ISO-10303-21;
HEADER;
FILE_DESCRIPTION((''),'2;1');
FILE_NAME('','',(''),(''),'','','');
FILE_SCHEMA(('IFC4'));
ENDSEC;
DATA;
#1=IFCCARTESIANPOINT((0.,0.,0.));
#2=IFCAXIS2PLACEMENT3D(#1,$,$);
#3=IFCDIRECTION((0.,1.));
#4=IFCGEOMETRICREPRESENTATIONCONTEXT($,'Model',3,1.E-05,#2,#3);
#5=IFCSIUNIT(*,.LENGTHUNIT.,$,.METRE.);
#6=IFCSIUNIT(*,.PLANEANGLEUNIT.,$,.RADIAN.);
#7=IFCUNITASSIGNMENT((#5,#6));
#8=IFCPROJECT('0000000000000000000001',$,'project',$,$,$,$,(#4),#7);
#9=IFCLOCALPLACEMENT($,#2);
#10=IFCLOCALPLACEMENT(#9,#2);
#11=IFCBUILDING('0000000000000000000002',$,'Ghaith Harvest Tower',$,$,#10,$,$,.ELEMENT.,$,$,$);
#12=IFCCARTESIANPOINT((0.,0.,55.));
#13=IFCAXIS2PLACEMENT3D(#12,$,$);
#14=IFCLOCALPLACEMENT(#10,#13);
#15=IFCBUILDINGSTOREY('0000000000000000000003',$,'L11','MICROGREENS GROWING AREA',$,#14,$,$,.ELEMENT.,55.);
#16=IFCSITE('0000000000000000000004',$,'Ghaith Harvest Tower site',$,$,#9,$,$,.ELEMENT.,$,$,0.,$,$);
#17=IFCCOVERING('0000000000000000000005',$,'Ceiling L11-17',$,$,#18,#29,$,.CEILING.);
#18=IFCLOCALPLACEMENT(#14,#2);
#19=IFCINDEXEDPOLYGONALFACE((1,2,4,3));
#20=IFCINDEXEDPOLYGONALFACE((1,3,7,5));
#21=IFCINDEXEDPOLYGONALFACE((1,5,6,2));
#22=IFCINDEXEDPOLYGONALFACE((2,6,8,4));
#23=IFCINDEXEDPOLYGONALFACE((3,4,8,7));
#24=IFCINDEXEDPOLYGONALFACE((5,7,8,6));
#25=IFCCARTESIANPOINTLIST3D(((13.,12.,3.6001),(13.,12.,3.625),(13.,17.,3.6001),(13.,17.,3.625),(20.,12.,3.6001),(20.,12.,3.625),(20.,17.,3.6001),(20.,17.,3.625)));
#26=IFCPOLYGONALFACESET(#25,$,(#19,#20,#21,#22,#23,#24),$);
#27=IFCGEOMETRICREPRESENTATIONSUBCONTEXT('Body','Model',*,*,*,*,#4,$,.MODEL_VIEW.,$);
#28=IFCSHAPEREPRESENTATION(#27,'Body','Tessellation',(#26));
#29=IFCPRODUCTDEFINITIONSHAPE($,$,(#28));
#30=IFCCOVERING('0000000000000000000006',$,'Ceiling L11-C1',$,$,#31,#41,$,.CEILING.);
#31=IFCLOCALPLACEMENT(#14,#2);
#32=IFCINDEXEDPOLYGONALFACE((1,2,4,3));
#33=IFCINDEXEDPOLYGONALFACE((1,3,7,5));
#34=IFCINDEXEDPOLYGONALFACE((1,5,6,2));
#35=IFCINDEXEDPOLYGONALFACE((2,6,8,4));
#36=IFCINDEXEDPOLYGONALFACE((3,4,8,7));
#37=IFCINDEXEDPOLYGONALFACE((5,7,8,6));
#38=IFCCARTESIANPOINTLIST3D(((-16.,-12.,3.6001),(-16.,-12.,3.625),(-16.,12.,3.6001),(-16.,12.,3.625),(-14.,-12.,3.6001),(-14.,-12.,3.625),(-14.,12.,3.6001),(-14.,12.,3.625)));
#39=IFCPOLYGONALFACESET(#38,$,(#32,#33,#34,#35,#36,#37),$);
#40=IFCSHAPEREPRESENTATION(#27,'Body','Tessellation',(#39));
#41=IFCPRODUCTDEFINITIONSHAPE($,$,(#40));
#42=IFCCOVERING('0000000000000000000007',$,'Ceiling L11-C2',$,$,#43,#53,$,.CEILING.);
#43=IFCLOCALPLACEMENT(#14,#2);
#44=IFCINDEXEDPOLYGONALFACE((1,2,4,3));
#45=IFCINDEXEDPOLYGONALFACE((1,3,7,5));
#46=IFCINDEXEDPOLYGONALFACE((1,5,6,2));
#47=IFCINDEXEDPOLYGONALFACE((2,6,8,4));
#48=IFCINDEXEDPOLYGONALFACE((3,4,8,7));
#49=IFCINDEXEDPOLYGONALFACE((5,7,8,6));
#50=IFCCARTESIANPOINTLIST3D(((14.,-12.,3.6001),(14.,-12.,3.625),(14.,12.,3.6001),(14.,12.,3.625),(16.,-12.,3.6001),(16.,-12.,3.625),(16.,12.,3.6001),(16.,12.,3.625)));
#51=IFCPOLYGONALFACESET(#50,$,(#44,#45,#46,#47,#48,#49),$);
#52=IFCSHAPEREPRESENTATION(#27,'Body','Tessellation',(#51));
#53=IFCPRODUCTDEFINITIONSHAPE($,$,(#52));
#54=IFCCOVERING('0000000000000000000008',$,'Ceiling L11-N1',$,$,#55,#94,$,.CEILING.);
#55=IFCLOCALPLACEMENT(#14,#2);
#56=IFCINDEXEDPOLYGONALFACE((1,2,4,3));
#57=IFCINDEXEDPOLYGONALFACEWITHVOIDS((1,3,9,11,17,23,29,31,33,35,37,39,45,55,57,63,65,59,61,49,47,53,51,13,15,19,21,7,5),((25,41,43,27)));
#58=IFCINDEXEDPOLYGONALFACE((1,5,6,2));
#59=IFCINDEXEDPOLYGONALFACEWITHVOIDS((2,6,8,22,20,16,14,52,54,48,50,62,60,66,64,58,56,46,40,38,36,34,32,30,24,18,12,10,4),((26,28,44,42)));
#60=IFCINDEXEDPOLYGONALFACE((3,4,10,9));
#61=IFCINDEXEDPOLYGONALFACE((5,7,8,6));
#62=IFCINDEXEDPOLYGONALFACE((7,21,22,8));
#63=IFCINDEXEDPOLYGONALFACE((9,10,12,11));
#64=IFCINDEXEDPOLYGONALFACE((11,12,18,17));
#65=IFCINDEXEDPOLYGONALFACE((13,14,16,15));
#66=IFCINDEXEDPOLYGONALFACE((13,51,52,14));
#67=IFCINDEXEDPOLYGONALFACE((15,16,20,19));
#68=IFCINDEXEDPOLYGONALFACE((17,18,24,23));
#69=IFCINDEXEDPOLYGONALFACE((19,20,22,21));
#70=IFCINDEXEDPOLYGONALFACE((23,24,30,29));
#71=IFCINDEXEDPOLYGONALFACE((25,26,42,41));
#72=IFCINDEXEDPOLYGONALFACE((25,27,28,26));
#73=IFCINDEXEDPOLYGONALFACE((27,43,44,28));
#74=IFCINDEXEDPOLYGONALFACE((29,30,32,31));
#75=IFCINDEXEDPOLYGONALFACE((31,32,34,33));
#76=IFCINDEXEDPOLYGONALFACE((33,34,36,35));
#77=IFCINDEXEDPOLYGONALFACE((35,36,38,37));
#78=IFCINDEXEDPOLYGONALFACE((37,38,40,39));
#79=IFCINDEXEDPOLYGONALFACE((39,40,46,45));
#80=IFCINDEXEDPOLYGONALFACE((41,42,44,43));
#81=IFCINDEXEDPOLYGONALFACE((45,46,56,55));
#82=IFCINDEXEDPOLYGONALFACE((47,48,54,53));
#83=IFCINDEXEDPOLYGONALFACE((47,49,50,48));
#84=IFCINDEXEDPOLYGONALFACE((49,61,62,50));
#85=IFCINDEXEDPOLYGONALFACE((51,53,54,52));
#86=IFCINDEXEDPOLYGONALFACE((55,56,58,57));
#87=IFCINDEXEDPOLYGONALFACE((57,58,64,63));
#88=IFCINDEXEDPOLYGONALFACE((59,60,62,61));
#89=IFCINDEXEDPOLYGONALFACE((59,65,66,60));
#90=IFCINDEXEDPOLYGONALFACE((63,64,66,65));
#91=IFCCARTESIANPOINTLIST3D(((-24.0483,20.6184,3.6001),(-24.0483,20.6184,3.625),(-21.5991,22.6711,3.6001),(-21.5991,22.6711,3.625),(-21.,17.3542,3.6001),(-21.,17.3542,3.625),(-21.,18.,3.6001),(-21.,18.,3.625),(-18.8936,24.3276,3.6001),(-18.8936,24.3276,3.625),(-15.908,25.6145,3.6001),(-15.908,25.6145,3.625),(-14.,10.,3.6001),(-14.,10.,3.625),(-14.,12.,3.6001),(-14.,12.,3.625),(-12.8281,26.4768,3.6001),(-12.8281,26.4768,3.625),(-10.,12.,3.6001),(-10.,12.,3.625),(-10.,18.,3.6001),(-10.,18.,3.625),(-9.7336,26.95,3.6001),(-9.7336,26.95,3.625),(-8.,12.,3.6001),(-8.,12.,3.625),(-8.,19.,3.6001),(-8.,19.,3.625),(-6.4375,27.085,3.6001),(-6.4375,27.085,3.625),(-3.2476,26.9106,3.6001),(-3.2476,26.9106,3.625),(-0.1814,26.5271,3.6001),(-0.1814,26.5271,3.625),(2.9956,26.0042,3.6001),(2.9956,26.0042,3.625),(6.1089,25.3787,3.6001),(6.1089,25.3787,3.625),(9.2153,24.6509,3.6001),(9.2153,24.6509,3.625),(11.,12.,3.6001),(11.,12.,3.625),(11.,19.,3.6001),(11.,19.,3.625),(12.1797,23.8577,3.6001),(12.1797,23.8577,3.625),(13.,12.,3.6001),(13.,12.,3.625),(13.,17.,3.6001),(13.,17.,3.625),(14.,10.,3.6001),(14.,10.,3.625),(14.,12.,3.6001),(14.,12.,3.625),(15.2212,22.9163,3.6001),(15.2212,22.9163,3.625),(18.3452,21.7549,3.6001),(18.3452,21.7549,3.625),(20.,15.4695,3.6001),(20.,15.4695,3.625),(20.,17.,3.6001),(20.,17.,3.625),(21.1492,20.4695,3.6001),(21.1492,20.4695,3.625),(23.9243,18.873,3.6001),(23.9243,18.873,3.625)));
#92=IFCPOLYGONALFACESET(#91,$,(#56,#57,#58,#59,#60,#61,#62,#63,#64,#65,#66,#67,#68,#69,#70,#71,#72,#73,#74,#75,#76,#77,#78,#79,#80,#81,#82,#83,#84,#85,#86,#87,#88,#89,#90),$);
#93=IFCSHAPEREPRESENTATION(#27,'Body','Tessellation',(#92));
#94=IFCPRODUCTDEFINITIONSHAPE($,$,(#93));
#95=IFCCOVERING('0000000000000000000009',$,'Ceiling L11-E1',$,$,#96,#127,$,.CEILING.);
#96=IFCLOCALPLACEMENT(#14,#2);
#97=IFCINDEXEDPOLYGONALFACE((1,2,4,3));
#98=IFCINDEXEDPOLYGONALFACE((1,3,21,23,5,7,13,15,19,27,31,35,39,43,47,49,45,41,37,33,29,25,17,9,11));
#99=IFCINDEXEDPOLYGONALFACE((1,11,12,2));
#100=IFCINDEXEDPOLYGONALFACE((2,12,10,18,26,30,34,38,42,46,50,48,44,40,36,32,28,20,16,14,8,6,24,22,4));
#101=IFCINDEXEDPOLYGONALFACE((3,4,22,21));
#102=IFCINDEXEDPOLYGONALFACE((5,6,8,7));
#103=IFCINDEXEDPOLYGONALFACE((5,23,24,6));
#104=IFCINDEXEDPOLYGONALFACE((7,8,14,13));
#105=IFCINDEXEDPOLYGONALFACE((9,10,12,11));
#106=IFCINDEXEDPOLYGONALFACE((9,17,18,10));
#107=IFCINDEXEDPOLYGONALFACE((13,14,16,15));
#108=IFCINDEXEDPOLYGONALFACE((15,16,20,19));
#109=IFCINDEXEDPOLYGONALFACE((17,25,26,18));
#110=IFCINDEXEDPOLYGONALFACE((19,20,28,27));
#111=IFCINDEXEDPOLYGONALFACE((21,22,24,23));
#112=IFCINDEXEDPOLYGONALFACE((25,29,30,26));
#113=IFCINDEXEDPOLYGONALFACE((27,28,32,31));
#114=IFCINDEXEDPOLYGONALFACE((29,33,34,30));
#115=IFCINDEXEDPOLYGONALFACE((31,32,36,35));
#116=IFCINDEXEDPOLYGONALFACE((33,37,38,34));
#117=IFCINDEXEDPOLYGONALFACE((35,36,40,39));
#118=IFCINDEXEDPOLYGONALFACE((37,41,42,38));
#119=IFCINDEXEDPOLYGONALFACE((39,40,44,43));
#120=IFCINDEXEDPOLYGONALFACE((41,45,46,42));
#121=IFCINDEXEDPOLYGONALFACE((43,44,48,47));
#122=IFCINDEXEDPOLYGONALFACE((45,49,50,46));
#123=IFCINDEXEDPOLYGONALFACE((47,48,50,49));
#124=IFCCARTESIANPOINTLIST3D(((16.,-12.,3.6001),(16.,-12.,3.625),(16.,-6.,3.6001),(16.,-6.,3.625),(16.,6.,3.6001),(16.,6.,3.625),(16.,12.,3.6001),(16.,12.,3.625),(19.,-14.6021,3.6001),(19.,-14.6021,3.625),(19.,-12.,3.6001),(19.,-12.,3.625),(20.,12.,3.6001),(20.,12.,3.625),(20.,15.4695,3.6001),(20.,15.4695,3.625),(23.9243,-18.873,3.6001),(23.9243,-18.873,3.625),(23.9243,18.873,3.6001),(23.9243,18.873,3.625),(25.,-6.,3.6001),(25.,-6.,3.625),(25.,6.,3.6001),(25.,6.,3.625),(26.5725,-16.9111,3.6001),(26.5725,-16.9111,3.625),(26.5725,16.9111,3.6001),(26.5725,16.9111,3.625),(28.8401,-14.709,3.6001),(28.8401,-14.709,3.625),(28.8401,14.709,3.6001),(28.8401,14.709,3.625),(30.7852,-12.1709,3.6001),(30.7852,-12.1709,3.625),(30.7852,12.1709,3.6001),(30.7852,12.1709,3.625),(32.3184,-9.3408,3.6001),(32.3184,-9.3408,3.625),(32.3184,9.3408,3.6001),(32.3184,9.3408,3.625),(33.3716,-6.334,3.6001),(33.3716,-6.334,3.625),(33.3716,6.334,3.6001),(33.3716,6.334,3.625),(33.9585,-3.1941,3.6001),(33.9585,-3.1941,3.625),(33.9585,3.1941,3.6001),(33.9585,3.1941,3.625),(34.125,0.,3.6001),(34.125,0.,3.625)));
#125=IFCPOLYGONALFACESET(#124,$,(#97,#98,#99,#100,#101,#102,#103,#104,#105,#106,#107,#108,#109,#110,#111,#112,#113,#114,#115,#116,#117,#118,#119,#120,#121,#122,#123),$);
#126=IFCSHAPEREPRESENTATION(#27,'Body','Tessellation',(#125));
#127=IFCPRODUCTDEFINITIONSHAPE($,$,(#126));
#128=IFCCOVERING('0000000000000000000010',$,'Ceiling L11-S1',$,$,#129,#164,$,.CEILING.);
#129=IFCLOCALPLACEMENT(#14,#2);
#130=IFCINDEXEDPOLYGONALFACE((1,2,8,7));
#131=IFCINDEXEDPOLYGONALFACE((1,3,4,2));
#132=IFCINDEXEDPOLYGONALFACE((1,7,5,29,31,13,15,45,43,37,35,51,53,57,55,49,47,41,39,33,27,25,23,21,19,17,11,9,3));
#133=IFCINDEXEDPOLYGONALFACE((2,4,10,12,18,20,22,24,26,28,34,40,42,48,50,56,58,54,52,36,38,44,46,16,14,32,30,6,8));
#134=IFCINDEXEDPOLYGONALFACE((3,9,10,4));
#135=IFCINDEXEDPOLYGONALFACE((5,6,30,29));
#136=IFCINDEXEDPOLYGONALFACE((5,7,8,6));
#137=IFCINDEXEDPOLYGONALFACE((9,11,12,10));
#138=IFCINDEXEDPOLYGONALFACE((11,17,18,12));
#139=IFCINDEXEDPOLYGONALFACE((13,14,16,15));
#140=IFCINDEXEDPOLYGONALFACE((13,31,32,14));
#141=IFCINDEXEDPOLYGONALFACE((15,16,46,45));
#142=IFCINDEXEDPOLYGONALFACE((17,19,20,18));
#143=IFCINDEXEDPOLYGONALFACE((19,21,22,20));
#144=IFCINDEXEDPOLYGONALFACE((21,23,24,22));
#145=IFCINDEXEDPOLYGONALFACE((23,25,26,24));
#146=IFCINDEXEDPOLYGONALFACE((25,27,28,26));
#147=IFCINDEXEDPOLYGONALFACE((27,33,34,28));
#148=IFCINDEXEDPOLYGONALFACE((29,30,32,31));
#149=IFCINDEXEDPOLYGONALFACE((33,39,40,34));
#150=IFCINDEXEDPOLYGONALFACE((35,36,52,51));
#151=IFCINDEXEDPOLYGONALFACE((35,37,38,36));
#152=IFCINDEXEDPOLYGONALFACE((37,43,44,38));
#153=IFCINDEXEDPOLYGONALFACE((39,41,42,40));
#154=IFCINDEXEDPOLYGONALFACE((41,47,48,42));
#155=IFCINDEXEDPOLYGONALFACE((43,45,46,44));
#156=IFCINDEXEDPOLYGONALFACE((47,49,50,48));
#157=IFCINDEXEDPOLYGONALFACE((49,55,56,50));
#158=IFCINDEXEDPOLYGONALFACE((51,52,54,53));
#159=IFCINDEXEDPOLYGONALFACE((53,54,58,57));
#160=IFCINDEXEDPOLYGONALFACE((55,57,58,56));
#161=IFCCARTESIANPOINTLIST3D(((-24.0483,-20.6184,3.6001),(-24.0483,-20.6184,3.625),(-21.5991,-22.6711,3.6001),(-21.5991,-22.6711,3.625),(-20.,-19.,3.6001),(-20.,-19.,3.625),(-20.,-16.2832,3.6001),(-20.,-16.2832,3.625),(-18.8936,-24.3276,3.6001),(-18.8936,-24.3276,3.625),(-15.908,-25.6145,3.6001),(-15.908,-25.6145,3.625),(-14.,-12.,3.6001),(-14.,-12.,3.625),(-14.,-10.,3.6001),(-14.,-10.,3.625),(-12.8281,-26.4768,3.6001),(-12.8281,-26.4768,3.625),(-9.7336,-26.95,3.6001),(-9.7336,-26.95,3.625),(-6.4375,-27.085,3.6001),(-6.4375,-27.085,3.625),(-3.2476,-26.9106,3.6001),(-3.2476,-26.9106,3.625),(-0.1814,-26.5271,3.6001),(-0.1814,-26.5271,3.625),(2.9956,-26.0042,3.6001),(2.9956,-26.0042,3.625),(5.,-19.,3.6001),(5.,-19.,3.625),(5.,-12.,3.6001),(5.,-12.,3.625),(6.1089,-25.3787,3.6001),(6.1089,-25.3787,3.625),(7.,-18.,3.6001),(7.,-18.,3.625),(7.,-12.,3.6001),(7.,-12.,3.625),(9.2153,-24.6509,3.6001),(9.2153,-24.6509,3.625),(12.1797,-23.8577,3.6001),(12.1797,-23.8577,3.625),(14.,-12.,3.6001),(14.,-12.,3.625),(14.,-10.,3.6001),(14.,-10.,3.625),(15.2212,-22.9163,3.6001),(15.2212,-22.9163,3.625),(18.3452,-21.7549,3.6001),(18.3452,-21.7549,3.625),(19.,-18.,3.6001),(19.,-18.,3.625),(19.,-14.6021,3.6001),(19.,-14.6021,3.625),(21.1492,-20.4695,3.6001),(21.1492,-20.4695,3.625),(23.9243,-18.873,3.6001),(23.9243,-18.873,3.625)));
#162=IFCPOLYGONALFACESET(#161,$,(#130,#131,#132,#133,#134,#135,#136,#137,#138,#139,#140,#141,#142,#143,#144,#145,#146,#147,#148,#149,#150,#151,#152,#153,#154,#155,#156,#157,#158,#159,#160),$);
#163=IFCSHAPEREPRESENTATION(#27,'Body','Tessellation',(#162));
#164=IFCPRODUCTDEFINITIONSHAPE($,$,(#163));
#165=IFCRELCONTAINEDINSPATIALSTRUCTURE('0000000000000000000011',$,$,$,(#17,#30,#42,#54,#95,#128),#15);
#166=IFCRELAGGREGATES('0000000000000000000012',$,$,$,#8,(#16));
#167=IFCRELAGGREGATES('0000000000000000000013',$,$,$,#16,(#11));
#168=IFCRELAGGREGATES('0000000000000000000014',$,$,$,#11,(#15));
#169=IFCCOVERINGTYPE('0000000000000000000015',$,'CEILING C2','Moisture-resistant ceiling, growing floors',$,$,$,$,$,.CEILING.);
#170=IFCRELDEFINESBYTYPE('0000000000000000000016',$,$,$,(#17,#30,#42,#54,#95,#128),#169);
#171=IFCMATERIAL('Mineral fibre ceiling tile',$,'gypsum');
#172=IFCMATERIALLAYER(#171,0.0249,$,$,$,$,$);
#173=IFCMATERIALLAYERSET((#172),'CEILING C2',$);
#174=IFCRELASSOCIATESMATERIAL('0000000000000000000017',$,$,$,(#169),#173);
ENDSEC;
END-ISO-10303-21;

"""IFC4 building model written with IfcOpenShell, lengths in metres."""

from ifc_helpers import new_model, si_unit, direction, frame, origin, place, context, subcontext, project, spatial, polyline, outline, extrude, material, layer, layer_set, type_object, element, save


model = new_model("IFC4")

# Units and contexts
model_context = context("Model", 3, precision=1e-05, world=origin(), true_north=direction((0.0, 1.0)))
body_context = subcontext(model_context, "Body", "Model", "MODEL_VIEW")
ifc_project = project(units=[si_unit("LENGTHUNIT", "METRE"), si_unit("PLANEANGLEUNIT", "RADIAN")], contexts=[model_context])

# Site, building, storey
site_placement = place(None, origin())
site = spatial("IfcSite", under=ifc_project, at=site_placement, Name="Ghaith Harvest Tower site", CompositionType="ELEMENT", RefElevation=0.0)
building_placement = place(site_placement, origin())
building = spatial("IfcBuilding", under=site, at=building_placement, Name="Ghaith Harvest Tower", CompositionType="ELEMENT")
storey_placement = place(building_placement, frame((0.0, 0.0, 55.0)))
storey = spatial("IfcBuildingStorey", under=building, at=storey_placement, Name="L11", Description="MICROGREENS GROWING AREA", CompositionType="ELEMENT", Elevation=55.0)

# Coverings
ifc_material_1 = material(Name="Mineral fibre ceiling tile", Category="gypsum")
ifc_layer_1 = layer(ifc_material_1, 0.0249)
ifc_layer_set_1 = layer_set([ifc_layer_1], Name="CEILING C2")
covering_type = type_object("IfcCoveringType", Name="CEILING C2", Description="Moisture-resistant ceiling, growing floors", PredefinedType="CEILING", material=ifc_layer_set_1)
covering_1_placement = place(storey_placement, frame((0.0, 0.0, 3.6001)))
element("IfcCovering", 1, at=covering_1_placement, inside=storey, type_object=covering_type, Name="Ceiling L11-17", PredefinedType="CEILING", context=body_context, shape_type="SweptSolid", body=[
    extrude(outline(polyline([(13.0, 12.0), (20.0, 12.0), (20.0, 17.0), (13.0, 17.0), (13.0, 12.0)])), origin(), (0.0, 0.0, 1.0), 0.0249),
])
covering_2_placement = place(storey_placement, frame((0.0, 0.0, 3.6001)))
element("IfcCovering", 2, at=covering_2_placement, inside=storey, type_object=covering_type, Name="Ceiling L11-C1", PredefinedType="CEILING", context=body_context, shape_type="SweptSolid", body=[
    extrude(outline(polyline([(-14.0, 12.0), (-14.0, -12.0), (-16.0, -12.0), (-16.0, 12.0), (-14.0, 12.0)])), origin(), (0.0, 0.0, 1.0), 0.0249),
])
covering_3_placement = place(storey_placement, frame((0.0, 0.0, 3.6001)))
element("IfcCovering", 3, at=covering_3_placement, inside=storey, type_object=covering_type, Name="Ceiling L11-C2", PredefinedType="CEILING", context=body_context, shape_type="SweptSolid", body=[
    extrude(outline(polyline([(14.0, -12.0), (14.0, 12.0), (16.0, 12.0), (16.0, -12.0), (14.0, -12.0)])), origin(), (0.0, 0.0, 1.0), 0.0249),
])
covering_4_placement = place(storey_placement, frame((0.0, 0.0, 3.6001)))
element("IfcCovering", 4, at=covering_4_placement, inside=storey, type_object=covering_type, Name="Ceiling L11-N1", PredefinedType="CEILING", context=body_context, shape_type="SweptSolid", body=[
    extrude(outline(polyline([(-21.5991, 22.6711), (-18.8936, 24.3276), (-15.908, 25.6145), (-12.8281, 26.4768), (-9.7336, 26.95), (-6.4375, 27.085), (-3.2476, 26.9106), (-0.1814, 26.5271), (2.9956, 26.0042), (6.1089, 25.3787), (9.2153, 24.6509), (12.1797, 23.8577), (15.2212, 22.9163), (18.3452, 21.7549), (21.1492, 20.4695), (23.9243, 18.873), (20.0, 15.4695), (20.0, 17.0), (13.0, 17.0), (13.0, 12.0), (14.0, 12.0), (14.0, 10.0), (-14.0, 10.0), (-14.0, 12.0), (-10.0, 12.0), (-10.0, 18.0), (-21.0, 18.0), (-21.0, 17.3542), (-24.0483, 20.6184), (-21.5991, 22.6711)]), holes=[polyline([(-8.0, 19.0), (-8.0, 12.0), (11.0, 12.0), (11.0, 19.0), (-8.0, 19.0)])]), origin(), (0.0, 0.0, 1.0), 0.0249),
])
covering_5_placement = place(storey_placement, frame((0.0, 0.0, 3.6001)))
element("IfcCovering", 5, at=covering_5_placement, inside=storey, type_object=covering_type, Name="Ceiling L11-E1", PredefinedType="CEILING", context=body_context, shape_type="SweptSolid", body=[
    extrude(outline(polyline([(26.5725, 16.9111), (28.8401, 14.709), (30.7852, 12.1709), (32.3184, 9.3408), (33.3716, 6.334), (33.9585, 3.1941), (34.125, 0.0), (33.9585, -3.1941), (33.3716, -6.334), (32.3184, -9.3408), (30.7852, -12.1709), (28.8401, -14.709), (26.5725, -16.9111), (23.9243, -18.873), (19.0, -14.6021), (19.0, -12.0), (16.0, -12.0), (16.0, -6.0), (25.0, -6.0), (25.0, 6.0), (16.0, 6.0), (16.0, 12.0), (20.0, 12.0), (20.0, 15.4695), (23.9243, 18.873), (26.5725, 16.9111)])), origin(), (0.0, 0.0, 1.0), 0.0249),
])
covering_6_placement = place(storey_placement, frame((0.0, 0.0, 3.6001)))
element("IfcCovering", 6, at=covering_6_placement, inside=storey, type_object=covering_type, Name="Ceiling L11-S1", PredefinedType="CEILING", context=body_context, shape_type="SweptSolid", body=[
    extrude(outline(polyline([(-15.908, -25.6145), (-18.8936, -24.3276), (-21.5991, -22.6711), (-24.0483, -20.6184), (-20.0, -16.2832), (-20.0, -19.0), (5.0, -19.0), (5.0, -12.0), (-14.0, -12.0), (-14.0, -10.0), (14.0, -10.0), (14.0, -12.0), (7.0, -12.0), (7.0, -18.0), (19.0, -18.0), (19.0, -14.6021), (23.9243, -18.873), (21.1492, -20.4695), (18.3452, -21.7549), (15.2212, -22.9163), (12.1797, -23.8577), (9.2153, -24.6509), (6.1089, -25.3787), (2.9956, -26.0042), (-0.1814, -26.5271), (-3.2476, -26.9106), (-6.4375, -27.085), (-9.7336, -26.95), (-12.8281, -26.4768), (-15.908, -25.6145)])), origin(), (0.0, 0.0, 1.0), 0.0249),
])

save(model, "model.ifc")
